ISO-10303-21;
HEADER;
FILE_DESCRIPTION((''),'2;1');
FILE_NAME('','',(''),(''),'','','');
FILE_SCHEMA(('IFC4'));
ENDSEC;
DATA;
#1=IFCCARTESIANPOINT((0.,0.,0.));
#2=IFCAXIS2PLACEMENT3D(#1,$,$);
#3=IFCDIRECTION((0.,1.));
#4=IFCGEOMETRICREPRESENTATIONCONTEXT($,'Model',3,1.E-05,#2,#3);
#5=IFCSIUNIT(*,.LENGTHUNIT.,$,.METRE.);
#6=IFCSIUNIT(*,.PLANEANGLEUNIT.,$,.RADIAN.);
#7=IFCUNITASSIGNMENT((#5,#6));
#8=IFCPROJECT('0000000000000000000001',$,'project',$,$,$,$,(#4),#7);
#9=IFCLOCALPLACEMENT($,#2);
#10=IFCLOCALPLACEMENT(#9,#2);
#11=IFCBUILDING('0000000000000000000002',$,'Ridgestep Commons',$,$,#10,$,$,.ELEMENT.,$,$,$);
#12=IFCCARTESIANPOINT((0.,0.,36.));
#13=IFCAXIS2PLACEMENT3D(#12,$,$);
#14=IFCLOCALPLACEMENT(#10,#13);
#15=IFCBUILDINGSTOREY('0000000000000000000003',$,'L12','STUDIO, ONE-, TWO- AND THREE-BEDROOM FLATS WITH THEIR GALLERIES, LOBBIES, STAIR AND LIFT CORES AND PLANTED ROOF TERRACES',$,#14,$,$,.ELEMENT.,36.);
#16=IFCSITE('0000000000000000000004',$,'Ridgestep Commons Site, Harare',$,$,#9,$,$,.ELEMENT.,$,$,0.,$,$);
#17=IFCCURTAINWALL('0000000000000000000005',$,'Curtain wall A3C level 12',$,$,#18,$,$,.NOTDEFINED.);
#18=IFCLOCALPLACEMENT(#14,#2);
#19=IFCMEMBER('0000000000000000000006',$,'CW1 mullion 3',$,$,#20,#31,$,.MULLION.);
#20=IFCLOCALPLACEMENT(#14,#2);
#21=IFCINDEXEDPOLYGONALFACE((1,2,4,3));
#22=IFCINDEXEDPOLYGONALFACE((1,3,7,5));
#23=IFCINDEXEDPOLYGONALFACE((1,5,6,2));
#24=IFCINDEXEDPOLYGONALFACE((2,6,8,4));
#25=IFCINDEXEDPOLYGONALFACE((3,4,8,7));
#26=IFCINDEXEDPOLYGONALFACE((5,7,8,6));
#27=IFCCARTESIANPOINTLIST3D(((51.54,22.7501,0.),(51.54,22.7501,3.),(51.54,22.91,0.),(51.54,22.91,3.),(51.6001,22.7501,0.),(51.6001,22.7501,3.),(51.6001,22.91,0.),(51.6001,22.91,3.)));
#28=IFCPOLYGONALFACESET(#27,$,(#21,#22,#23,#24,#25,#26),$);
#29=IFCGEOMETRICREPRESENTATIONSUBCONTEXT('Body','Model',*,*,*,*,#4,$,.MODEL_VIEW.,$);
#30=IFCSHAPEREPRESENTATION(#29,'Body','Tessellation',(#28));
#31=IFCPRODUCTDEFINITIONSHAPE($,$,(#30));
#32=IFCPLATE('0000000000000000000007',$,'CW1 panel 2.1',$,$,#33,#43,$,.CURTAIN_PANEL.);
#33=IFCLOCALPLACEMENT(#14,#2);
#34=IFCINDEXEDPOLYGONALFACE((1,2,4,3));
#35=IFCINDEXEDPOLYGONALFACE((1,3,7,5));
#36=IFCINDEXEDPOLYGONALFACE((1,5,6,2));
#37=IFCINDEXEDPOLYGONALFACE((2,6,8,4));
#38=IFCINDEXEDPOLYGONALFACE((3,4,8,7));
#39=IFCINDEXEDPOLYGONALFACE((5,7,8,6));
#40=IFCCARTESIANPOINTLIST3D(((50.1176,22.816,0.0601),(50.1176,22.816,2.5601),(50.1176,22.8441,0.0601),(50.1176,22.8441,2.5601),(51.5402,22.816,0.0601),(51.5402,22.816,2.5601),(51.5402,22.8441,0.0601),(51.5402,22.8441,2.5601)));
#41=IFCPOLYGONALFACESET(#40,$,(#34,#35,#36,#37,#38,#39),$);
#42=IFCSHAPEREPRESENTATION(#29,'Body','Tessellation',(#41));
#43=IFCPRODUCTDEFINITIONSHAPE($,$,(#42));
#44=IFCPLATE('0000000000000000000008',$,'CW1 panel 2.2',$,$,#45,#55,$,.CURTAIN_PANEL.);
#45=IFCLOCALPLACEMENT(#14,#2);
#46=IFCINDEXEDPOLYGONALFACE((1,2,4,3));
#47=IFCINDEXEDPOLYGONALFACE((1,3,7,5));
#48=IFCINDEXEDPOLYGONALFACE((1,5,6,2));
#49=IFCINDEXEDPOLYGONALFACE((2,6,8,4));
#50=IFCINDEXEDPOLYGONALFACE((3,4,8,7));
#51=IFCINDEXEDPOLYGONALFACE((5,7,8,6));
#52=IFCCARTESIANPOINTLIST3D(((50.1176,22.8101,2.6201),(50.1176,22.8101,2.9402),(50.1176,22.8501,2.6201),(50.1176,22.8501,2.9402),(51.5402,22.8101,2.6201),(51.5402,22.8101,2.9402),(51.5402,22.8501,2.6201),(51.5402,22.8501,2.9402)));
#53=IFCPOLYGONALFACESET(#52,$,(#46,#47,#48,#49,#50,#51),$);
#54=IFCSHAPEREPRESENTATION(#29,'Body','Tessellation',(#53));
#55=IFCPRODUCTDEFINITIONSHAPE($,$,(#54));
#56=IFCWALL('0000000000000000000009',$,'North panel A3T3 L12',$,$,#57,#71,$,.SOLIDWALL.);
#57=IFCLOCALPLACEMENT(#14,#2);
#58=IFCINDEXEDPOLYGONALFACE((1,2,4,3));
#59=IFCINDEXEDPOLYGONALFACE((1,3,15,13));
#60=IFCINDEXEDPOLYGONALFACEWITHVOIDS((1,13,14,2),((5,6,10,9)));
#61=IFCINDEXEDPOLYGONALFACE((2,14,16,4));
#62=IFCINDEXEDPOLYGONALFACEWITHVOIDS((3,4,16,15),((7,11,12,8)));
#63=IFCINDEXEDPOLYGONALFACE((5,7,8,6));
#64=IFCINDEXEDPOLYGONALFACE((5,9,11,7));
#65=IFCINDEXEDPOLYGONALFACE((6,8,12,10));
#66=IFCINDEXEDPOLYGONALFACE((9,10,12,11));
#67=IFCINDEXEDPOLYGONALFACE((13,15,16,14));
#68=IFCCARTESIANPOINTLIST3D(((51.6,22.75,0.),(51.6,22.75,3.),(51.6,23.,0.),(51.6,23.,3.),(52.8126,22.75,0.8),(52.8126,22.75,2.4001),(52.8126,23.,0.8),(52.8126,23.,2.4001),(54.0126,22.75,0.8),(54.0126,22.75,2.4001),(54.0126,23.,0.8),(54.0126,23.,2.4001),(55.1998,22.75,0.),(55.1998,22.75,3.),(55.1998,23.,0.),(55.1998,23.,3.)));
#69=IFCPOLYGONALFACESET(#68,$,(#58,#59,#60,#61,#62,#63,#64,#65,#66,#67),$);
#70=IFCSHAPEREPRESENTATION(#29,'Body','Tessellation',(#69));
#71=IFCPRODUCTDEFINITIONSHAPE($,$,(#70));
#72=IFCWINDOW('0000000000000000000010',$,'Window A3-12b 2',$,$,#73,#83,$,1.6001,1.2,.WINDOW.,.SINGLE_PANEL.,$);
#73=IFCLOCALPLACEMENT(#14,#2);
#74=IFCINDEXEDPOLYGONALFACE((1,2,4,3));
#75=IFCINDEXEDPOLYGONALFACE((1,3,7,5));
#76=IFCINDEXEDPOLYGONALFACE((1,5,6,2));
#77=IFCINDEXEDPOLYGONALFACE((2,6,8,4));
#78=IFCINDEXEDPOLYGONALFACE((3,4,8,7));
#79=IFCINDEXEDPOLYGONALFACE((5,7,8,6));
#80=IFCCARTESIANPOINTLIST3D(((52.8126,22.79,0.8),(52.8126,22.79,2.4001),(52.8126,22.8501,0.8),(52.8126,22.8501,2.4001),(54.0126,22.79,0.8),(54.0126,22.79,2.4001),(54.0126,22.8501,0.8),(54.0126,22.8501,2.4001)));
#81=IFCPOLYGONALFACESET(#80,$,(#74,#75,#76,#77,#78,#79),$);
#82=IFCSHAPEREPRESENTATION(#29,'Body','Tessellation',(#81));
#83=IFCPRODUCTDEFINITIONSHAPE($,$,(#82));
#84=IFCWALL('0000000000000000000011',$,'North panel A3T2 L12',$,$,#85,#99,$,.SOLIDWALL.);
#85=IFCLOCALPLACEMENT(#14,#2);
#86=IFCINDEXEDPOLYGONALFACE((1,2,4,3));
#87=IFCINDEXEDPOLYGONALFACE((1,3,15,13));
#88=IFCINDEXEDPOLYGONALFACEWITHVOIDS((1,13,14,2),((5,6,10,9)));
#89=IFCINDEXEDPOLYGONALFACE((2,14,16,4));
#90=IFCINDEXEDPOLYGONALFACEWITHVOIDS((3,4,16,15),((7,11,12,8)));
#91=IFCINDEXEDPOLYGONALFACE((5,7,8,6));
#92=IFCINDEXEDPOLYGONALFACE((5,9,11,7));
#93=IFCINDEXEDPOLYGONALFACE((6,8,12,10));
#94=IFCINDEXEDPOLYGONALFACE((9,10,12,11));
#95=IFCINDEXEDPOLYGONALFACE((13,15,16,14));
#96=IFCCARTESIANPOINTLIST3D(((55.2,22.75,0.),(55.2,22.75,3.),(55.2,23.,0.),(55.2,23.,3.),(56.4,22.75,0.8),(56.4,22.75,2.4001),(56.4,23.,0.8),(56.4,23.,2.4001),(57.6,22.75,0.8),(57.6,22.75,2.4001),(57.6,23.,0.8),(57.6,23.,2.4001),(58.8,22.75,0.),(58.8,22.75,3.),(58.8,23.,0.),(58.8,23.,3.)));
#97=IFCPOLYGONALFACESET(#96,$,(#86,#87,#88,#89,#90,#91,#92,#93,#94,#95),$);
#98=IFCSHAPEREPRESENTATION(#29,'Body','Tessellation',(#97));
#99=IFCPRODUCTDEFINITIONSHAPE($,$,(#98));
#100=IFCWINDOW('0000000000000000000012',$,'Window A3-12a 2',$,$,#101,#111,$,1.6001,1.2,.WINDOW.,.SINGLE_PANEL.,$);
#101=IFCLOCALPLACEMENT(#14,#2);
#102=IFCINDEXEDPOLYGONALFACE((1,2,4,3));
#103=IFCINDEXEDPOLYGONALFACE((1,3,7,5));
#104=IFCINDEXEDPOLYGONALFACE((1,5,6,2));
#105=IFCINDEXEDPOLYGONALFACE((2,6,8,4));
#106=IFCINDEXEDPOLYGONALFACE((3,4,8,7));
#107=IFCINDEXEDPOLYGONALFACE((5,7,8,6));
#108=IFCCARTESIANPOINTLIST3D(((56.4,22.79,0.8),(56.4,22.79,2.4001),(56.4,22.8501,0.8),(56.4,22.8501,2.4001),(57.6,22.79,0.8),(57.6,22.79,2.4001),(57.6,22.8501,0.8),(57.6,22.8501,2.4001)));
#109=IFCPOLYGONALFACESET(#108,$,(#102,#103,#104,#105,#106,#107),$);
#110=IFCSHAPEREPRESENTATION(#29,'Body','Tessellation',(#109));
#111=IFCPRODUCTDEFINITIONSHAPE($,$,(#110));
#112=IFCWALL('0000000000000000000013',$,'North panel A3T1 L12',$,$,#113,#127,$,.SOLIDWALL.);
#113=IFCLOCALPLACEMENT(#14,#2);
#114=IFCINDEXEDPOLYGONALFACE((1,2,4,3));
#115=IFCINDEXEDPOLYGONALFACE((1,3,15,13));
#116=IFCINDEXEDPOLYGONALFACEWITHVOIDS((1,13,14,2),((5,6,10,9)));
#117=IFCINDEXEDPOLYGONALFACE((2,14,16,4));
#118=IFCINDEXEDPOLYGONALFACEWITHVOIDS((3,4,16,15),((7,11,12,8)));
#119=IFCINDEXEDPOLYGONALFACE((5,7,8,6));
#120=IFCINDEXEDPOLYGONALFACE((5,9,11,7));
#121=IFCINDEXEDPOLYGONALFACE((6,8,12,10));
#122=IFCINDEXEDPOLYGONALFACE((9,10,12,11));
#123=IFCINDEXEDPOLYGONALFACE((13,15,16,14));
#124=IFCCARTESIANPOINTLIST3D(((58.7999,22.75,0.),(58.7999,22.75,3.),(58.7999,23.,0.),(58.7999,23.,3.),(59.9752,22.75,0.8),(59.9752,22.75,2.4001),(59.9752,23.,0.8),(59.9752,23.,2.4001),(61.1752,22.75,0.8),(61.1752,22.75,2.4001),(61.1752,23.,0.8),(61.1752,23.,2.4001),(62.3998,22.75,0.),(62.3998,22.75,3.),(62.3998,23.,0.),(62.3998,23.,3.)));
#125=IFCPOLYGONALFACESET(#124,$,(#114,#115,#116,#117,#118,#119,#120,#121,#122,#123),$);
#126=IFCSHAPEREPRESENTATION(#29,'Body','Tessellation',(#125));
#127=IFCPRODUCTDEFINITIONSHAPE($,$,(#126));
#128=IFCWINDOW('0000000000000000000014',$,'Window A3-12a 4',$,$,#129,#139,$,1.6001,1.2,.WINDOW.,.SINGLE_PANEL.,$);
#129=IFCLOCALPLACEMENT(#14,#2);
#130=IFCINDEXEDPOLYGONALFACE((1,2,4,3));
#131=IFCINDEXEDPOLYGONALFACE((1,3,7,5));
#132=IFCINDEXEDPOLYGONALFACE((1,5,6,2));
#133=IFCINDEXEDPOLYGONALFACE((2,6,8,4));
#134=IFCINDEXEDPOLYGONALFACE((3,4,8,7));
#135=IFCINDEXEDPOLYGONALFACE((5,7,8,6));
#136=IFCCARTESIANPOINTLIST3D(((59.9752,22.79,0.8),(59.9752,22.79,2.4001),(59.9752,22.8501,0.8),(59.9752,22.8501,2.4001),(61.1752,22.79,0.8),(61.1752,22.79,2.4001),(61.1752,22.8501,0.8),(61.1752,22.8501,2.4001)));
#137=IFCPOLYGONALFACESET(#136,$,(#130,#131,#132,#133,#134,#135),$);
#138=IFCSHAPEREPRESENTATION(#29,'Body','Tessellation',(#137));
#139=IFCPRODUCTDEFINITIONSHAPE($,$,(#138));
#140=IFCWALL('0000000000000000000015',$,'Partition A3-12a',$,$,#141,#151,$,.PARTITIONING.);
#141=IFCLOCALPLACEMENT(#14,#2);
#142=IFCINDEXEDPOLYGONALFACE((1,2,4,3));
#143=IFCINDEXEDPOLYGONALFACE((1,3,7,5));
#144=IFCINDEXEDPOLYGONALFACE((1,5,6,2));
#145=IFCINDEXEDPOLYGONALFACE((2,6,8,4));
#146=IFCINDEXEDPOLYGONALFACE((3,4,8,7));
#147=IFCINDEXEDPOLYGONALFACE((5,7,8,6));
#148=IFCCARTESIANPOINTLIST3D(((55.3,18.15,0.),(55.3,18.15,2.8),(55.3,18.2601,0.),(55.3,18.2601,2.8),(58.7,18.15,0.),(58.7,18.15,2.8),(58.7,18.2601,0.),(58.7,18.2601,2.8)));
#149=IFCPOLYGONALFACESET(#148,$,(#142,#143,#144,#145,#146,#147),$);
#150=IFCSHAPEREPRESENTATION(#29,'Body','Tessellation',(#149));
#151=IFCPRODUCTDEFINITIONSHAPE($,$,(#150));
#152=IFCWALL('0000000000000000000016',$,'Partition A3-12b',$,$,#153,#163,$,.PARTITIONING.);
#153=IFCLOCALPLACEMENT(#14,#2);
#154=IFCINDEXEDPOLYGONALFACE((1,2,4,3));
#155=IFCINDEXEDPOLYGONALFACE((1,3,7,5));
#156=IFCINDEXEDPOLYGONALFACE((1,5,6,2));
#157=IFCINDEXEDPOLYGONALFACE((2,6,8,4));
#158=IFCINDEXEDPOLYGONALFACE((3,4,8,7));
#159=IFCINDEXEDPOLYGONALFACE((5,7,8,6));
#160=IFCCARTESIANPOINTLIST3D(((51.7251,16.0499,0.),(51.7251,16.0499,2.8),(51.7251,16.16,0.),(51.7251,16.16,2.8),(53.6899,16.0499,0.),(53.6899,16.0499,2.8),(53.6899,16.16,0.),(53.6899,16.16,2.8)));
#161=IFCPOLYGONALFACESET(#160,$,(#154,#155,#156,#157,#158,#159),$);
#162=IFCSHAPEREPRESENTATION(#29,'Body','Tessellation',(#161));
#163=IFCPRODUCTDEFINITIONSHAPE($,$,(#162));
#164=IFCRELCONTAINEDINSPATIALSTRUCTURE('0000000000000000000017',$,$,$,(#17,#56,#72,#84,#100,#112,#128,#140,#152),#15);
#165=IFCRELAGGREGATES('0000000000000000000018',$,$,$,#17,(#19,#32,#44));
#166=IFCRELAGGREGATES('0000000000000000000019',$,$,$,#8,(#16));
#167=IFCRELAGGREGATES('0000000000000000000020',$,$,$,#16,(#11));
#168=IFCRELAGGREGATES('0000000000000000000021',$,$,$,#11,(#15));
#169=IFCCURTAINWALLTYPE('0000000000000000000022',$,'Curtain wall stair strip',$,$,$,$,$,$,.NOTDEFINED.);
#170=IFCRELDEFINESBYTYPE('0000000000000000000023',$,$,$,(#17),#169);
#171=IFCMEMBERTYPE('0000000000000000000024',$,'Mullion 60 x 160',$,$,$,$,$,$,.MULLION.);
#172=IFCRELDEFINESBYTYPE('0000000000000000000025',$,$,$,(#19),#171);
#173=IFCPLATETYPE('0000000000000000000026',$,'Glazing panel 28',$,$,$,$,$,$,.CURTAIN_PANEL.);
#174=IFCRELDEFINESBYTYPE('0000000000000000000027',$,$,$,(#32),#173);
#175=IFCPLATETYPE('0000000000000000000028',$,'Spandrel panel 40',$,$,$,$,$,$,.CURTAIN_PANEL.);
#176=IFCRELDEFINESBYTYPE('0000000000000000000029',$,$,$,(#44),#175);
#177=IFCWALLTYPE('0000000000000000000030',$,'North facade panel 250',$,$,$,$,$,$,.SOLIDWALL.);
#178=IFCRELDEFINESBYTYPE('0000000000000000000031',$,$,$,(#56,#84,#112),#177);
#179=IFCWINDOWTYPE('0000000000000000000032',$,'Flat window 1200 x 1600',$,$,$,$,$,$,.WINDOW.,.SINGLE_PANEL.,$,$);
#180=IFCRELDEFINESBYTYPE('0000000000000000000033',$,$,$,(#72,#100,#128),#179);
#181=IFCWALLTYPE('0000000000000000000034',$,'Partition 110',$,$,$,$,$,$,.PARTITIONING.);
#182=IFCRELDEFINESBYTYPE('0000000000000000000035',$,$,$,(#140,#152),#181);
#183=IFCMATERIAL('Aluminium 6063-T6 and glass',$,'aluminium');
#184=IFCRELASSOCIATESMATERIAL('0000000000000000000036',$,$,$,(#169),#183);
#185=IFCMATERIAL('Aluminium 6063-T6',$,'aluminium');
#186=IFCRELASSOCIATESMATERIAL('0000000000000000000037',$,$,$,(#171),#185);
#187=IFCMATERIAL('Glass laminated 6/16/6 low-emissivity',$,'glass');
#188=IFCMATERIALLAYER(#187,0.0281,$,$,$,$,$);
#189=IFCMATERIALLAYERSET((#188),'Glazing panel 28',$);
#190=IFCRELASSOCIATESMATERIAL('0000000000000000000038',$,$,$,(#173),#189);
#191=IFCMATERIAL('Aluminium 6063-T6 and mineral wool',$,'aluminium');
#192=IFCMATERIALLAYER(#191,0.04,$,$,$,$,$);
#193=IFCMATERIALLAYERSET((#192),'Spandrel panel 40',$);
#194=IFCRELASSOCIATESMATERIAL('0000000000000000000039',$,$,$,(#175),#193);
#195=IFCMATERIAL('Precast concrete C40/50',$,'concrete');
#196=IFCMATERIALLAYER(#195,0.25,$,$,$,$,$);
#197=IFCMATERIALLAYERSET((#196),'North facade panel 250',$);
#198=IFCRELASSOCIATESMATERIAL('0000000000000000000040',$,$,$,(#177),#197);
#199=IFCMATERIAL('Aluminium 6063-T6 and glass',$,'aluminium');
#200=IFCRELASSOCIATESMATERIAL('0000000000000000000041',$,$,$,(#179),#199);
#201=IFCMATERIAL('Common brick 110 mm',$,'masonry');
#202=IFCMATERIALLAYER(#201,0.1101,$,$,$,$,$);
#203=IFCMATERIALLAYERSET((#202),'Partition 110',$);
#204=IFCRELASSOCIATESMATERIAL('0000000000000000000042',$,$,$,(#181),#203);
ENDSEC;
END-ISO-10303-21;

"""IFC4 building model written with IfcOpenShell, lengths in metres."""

from ifc_helpers import new_model, si_unit, direction, frame, frame_2d, origin, origin_2d, place, context, subcontext, project, spatial, rectangle, extrude, material, layer, layer_set, material_profile, profile_set, type_object, element, fill, aggregate, save


model = new_model("IFC4")

# Units and contexts
model_context = context("Model", 3, precision=1e-05, world=origin(), true_north=direction((0.0, 1.0)))
body_context = subcontext(model_context, "Body", "Model", "MODEL_VIEW")
ifc_project = project(units=[si_unit("LENGTHUNIT", "METRE"), si_unit("PLANEANGLEUNIT", "RADIAN")], contexts=[model_context])

# Site, building, storey
site_placement = place(None, origin())
site = spatial("IfcSite", under=ifc_project, at=site_placement, Name="Ridgestep Commons Site, Harare", CompositionType="ELEMENT", RefElevation=0.0)
building_placement = place(site_placement, origin())
building = spatial("IfcBuilding", under=site, at=building_placement, Name="Ridgestep Commons", CompositionType="ELEMENT")
storey_placement = place(building_placement, frame((0.0, 0.0, 36.0)))
storey = spatial("IfcBuildingStorey", under=building, at=storey_placement, Name="L12", Description="STUDIO, ONE-, TWO- AND THREE-BEDROOM FLATS WITH THEIR GALLERIES, LOBBIES, STAIR AND LIFT CORES AND PLANTED ROOF TERRACES", CompositionType="ELEMENT", Elevation=36.0)

# Curtain wall, member, plates
ifc_material_1 = material(Name="Aluminium 6063-T6 and glass", Category="aluminium")
curtain_wall_type = type_object("IfcCurtainWallType", Name="Curtain wall stair strip", PredefinedType="NOTDEFINED", material=ifc_material_1)
curtain_wall_placement = place(storey_placement, origin())
curtain_wall = element("IfcCurtainWall", 1, at=curtain_wall_placement, inside=storey, type_object=curtain_wall_type, Name="Curtain wall A3C level 12", PredefinedType="NOTDEFINED")
ifc_material_2 = material(Name="Aluminium 6063-T6", Category="aluminium")
ifc_material_profile = material_profile(ifc_material_2, rectangle(XDim=0.1599, YDim=0.0601, at=origin_2d()), Name="Mullion 60 x 160")
ifc_profile_set = profile_set([ifc_material_profile], Name="Aluminium 6063-T6")
member_type = type_object("IfcMemberType", Name="Mullion 60 x 160", PredefinedType="MULLION", material=ifc_profile_set)
member_placement = place(storey_placement, frame((51.5701, 22.8301, 0.0), z_axis=(0.0, 0.0, 1.0), x_axis=(0.0, 1.0, 0.0)))
member = element("IfcMember", 2, at=member_placement, type_object=member_type, Name="CW1 mullion 3", PredefinedType="MULLION", context=body_context, shape_type="SweptSolid", body=[
    extrude(rectangle(XDim=0.1599, YDim=0.0601, at=origin_2d()), origin(), (0.0, 0.0, 1.0), 3.0),
])
ifc_material_3 = material(Name="Glass laminated 6/16/6 low-emissivity", Category="glass")
ifc_layer_1 = layer(ifc_material_3, 0.0281)
ifc_layer_set_1 = layer_set([ifc_layer_1], Name="Glazing panel 28")
plate_type_1 = type_object("IfcPlateType", Name="Glazing panel 28", PredefinedType="CURTAIN_PANEL", material=ifc_layer_set_1)
plate_1_placement = place(storey_placement, frame((50.8289, 22.8301, 0.0601), z_axis=(0.0, 0.0, 1.0), x_axis=(1.0, 0.0, 0.0)))
plate_1 = element("IfcPlate", 3, at=plate_1_placement, type_object=plate_type_1, Name="CW1 panel 2.1", PredefinedType="CURTAIN_PANEL", context=body_context, shape_type="SweptSolid", body=[
    extrude(rectangle(XDim=1.4226, YDim=0.0281, at=origin_2d()), origin(), (0.0, 0.0, 1.0), 2.5),
])
ifc_material_4 = material(Name="Aluminium 6063-T6 and mineral wool", Category="aluminium")
ifc_layer_2 = layer(ifc_material_4, 0.04)
ifc_layer_set_2 = layer_set([ifc_layer_2], Name="Spandrel panel 40")
plate_type_2 = type_object("IfcPlateType", Name="Spandrel panel 40", PredefinedType="CURTAIN_PANEL", material=ifc_layer_set_2)
plate_2_placement = place(storey_placement, frame((50.8289, 22.8301, 2.6201), z_axis=(0.0, 0.0, 1.0), x_axis=(1.0, 0.0, 0.0)))
plate_2 = element("IfcPlate", 4, at=plate_2_placement, type_object=plate_type_2, Name="CW1 panel 2.2", PredefinedType="CURTAIN_PANEL", context=body_context, shape_type="SweptSolid", body=[
    extrude(rectangle(XDim=1.4226, YDim=0.04, at=origin_2d()), origin(), (0.0, 0.0, 1.0), 0.3201),
])
aggregate(curtain_wall, [member, plate_1, plate_2])

# Walls, openings, windows
ifc_material_5 = material(Name="Precast concrete C40/50", Category="concrete")
ifc_layer_3 = layer(ifc_material_5, 0.25)
ifc_layer_set_3 = layer_set([ifc_layer_3], Name="North facade panel 250")
wall_type_1 = type_object("IfcWallType", Name="North facade panel 250", PredefinedType="SOLIDWALL", material=ifc_layer_set_3)
wall_1_placement = place(storey_placement, frame((51.6001, 22.875, 0.0), z_axis=(0.0, 0.0, 1.0), x_axis=(1.0, 0.0, 0.0)))
wall_1 = element("IfcWall", 5, at=wall_1_placement, inside=storey, type_object=wall_type_1, Name="North panel A3T3 L12", PredefinedType="SOLIDWALL", context=body_context, shape_type="SweptSolid", body=[
    extrude(rectangle(XDim=3.5999, YDim=0.25, at=frame_2d((1.7998, 0.0))), origin(), (0.0, 0.0, 1.0), 3.0),
])
opening_1_placement = place(wall_1_placement, frame((1.2124, 0.0, 0.8)))
opening_1 = element("IfcOpeningElement", 6, at=opening_1_placement, cuts=wall_1, PredefinedType="OPENING", context=body_context, shape_type="SweptSolid", body=[
    extrude(rectangle(XDim=1.2, YDim=1.6001, at=frame_2d((0.6001, 0.8))), frame((0.0, 0.135, 0.0), z_axis=(0.0, -1.0, 0.0), x_axis=(1.0, 0.0, 0.0)), (0.0, 0.0, 1.0), 0.27),
])
ifc_material_6 = material(Name="Aluminium 6063-T6 and glass", Category="aluminium")
window_type = type_object("IfcWindowType", Name="Flat window 1200 x 1600", PartitioningType="SINGLE_PANEL", PredefinedType="WINDOW", material=ifc_material_6)
window_1_placement = place(opening_1_placement, origin())
window_1 = element("IfcWindow", 7, at=window_1_placement, inside=storey, type_object=window_type, Name="Window A3-12b 2", OverallHeight=1.6001, OverallWidth=1.2, PartitioningType="SINGLE_PANEL", PredefinedType="WINDOW", context=body_context, shape_type="SweptSolid", body=[
    extrude(rectangle(XDim=1.2, YDim=1.6001, at=frame_2d((0.6001, 0.8))), frame((0.0, -0.0249, 0.0), z_axis=(0.0, -1.0, 0.0), x_axis=(1.0, 0.0, 0.0)), (0.0, 0.0, 1.0), 0.0601),
])
fill(opening_1, window_1)
wall_2_placement = place(storey_placement, frame((55.2, 22.875, 0.0), z_axis=(0.0, 0.0, 1.0), x_axis=(1.0, 0.0, 0.0)))
wall_2 = element("IfcWall", 8, at=wall_2_placement, inside=storey, type_object=wall_type_1, Name="North panel A3T2 L12", PredefinedType="SOLIDWALL", context=body_context, shape_type="SweptSolid", body=[
    extrude(rectangle(XDim=3.6001, YDim=0.25, at=frame_2d((1.8, 0.0))), origin(), (0.0, 0.0, 1.0), 3.0),
])
opening_2_placement = place(wall_2_placement, frame((1.2, 0.0, 0.8)))
opening_2 = element("IfcOpeningElement", 9, at=opening_2_placement, cuts=wall_2, PredefinedType="OPENING", context=body_context, shape_type="SweptSolid", body=[
    extrude(rectangle(XDim=1.2, YDim=1.6001, at=frame_2d((0.6001, 0.8))), frame((0.0, 0.135, 0.0), z_axis=(0.0, -1.0, 0.0), x_axis=(1.0, 0.0, 0.0)), (0.0, 0.0, 1.0), 0.27),
])
window_2_placement = place(opening_2_placement, origin())
window_2 = element("IfcWindow", 10, at=window_2_placement, inside=storey, type_object=window_type, Name="Window A3-12a 2", OverallHeight=1.6001, OverallWidth=1.2, PartitioningType="SINGLE_PANEL", PredefinedType="WINDOW", context=body_context, shape_type="SweptSolid", body=[
    extrude(rectangle(XDim=1.2, YDim=1.6001, at=frame_2d((0.6001, 0.8))), frame((0.0, -0.0249, 0.0), z_axis=(0.0, -1.0, 0.0), x_axis=(1.0, 0.0, 0.0)), (0.0, 0.0, 1.0), 0.0601),
])
fill(opening_2, window_2)
wall_3_placement = place(storey_placement, frame((58.8, 22.875, 0.0), z_axis=(0.0, 0.0, 1.0), x_axis=(1.0, 0.0, 0.0)))
wall_3 = element("IfcWall", 11, at=wall_3_placement, inside=storey, type_object=wall_type_1, Name="North panel A3T1 L12", PredefinedType="SOLIDWALL", context=body_context, shape_type="SweptSolid", body=[
    extrude(rectangle(XDim=3.5999, YDim=0.25, at=frame_2d((1.7998, 0.0))), origin(), (0.0, 0.0, 1.0), 3.0),
])
opening_3_placement = place(wall_3_placement, frame((1.175, 0.0, 0.8)))
opening_3 = element("IfcOpeningElement", 12, at=opening_3_placement, cuts=wall_3, PredefinedType="OPENING", context=body_context, shape_type="SweptSolid", body=[
    extrude(rectangle(XDim=1.2, YDim=1.6001, at=frame_2d((0.6001, 0.8))), frame((0.0, 0.135, 0.0), z_axis=(0.0, -1.0, 0.0), x_axis=(1.0, 0.0, 0.0)), (0.0, 0.0, 1.0), 0.27),
])
window_3_placement = place(opening_3_placement, origin())
window_3 = element("IfcWindow", 13, at=window_3_placement, inside=storey, type_object=window_type, Name="Window A3-12a 4", OverallHeight=1.6001, OverallWidth=1.2, PartitioningType="SINGLE_PANEL", PredefinedType="WINDOW", context=body_context, shape_type="SweptSolid", body=[
    extrude(rectangle(XDim=1.2, YDim=1.6001, at=frame_2d((0.6001, 0.8))), frame((0.0, -0.0249, 0.0), z_axis=(0.0, -1.0, 0.0), x_axis=(1.0, 0.0, 0.0)), (0.0, 0.0, 1.0), 0.0601),
])
fill(opening_3, window_3)

# Walls
ifc_material_7 = material(Name="Common brick 110 mm", Category="masonry")
ifc_layer_4 = layer(ifc_material_7, 0.1101)
ifc_layer_set_4 = layer_set([ifc_layer_4], Name="Partition 110")
wall_type_2 = type_object("IfcWallType", Name="Partition 110", PredefinedType="PARTITIONING", material=ifc_layer_set_4)
wall_4_placement = place(storey_placement, frame((55.3, 18.2051, 0.0), z_axis=(0.0, 0.0, 1.0), x_axis=(1.0, 0.0, 0.0)))
element("IfcWall", 14, at=wall_4_placement, inside=storey, type_object=wall_type_2, Name="Partition A3-12a", PredefinedType="PARTITIONING", context=body_context, shape_type="SweptSolid", body=[
    extrude(rectangle(XDim=3.3999, YDim=0.1101, at=frame_2d((1.7, 0.0))), origin(), (0.0, 0.0, 1.0), 2.8),
])
wall_5_placement = place(storey_placement, frame((51.7251, 16.105, 0.0), z_axis=(0.0, 0.0, 1.0), x_axis=(1.0, 0.0, 0.0)))
element("IfcWall", 15, at=wall_5_placement, inside=storey, type_object=wall_type_2, Name="Partition A3-12b", PredefinedType="PARTITIONING", context=body_context, shape_type="SweptSolid", body=[
    extrude(rectangle(XDim=1.9648, YDim=0.1101, at=frame_2d((0.9824, 0.0))), origin(), (0.0, 0.0, 1.0), 2.8),
])

save(model, "model.ifc")
